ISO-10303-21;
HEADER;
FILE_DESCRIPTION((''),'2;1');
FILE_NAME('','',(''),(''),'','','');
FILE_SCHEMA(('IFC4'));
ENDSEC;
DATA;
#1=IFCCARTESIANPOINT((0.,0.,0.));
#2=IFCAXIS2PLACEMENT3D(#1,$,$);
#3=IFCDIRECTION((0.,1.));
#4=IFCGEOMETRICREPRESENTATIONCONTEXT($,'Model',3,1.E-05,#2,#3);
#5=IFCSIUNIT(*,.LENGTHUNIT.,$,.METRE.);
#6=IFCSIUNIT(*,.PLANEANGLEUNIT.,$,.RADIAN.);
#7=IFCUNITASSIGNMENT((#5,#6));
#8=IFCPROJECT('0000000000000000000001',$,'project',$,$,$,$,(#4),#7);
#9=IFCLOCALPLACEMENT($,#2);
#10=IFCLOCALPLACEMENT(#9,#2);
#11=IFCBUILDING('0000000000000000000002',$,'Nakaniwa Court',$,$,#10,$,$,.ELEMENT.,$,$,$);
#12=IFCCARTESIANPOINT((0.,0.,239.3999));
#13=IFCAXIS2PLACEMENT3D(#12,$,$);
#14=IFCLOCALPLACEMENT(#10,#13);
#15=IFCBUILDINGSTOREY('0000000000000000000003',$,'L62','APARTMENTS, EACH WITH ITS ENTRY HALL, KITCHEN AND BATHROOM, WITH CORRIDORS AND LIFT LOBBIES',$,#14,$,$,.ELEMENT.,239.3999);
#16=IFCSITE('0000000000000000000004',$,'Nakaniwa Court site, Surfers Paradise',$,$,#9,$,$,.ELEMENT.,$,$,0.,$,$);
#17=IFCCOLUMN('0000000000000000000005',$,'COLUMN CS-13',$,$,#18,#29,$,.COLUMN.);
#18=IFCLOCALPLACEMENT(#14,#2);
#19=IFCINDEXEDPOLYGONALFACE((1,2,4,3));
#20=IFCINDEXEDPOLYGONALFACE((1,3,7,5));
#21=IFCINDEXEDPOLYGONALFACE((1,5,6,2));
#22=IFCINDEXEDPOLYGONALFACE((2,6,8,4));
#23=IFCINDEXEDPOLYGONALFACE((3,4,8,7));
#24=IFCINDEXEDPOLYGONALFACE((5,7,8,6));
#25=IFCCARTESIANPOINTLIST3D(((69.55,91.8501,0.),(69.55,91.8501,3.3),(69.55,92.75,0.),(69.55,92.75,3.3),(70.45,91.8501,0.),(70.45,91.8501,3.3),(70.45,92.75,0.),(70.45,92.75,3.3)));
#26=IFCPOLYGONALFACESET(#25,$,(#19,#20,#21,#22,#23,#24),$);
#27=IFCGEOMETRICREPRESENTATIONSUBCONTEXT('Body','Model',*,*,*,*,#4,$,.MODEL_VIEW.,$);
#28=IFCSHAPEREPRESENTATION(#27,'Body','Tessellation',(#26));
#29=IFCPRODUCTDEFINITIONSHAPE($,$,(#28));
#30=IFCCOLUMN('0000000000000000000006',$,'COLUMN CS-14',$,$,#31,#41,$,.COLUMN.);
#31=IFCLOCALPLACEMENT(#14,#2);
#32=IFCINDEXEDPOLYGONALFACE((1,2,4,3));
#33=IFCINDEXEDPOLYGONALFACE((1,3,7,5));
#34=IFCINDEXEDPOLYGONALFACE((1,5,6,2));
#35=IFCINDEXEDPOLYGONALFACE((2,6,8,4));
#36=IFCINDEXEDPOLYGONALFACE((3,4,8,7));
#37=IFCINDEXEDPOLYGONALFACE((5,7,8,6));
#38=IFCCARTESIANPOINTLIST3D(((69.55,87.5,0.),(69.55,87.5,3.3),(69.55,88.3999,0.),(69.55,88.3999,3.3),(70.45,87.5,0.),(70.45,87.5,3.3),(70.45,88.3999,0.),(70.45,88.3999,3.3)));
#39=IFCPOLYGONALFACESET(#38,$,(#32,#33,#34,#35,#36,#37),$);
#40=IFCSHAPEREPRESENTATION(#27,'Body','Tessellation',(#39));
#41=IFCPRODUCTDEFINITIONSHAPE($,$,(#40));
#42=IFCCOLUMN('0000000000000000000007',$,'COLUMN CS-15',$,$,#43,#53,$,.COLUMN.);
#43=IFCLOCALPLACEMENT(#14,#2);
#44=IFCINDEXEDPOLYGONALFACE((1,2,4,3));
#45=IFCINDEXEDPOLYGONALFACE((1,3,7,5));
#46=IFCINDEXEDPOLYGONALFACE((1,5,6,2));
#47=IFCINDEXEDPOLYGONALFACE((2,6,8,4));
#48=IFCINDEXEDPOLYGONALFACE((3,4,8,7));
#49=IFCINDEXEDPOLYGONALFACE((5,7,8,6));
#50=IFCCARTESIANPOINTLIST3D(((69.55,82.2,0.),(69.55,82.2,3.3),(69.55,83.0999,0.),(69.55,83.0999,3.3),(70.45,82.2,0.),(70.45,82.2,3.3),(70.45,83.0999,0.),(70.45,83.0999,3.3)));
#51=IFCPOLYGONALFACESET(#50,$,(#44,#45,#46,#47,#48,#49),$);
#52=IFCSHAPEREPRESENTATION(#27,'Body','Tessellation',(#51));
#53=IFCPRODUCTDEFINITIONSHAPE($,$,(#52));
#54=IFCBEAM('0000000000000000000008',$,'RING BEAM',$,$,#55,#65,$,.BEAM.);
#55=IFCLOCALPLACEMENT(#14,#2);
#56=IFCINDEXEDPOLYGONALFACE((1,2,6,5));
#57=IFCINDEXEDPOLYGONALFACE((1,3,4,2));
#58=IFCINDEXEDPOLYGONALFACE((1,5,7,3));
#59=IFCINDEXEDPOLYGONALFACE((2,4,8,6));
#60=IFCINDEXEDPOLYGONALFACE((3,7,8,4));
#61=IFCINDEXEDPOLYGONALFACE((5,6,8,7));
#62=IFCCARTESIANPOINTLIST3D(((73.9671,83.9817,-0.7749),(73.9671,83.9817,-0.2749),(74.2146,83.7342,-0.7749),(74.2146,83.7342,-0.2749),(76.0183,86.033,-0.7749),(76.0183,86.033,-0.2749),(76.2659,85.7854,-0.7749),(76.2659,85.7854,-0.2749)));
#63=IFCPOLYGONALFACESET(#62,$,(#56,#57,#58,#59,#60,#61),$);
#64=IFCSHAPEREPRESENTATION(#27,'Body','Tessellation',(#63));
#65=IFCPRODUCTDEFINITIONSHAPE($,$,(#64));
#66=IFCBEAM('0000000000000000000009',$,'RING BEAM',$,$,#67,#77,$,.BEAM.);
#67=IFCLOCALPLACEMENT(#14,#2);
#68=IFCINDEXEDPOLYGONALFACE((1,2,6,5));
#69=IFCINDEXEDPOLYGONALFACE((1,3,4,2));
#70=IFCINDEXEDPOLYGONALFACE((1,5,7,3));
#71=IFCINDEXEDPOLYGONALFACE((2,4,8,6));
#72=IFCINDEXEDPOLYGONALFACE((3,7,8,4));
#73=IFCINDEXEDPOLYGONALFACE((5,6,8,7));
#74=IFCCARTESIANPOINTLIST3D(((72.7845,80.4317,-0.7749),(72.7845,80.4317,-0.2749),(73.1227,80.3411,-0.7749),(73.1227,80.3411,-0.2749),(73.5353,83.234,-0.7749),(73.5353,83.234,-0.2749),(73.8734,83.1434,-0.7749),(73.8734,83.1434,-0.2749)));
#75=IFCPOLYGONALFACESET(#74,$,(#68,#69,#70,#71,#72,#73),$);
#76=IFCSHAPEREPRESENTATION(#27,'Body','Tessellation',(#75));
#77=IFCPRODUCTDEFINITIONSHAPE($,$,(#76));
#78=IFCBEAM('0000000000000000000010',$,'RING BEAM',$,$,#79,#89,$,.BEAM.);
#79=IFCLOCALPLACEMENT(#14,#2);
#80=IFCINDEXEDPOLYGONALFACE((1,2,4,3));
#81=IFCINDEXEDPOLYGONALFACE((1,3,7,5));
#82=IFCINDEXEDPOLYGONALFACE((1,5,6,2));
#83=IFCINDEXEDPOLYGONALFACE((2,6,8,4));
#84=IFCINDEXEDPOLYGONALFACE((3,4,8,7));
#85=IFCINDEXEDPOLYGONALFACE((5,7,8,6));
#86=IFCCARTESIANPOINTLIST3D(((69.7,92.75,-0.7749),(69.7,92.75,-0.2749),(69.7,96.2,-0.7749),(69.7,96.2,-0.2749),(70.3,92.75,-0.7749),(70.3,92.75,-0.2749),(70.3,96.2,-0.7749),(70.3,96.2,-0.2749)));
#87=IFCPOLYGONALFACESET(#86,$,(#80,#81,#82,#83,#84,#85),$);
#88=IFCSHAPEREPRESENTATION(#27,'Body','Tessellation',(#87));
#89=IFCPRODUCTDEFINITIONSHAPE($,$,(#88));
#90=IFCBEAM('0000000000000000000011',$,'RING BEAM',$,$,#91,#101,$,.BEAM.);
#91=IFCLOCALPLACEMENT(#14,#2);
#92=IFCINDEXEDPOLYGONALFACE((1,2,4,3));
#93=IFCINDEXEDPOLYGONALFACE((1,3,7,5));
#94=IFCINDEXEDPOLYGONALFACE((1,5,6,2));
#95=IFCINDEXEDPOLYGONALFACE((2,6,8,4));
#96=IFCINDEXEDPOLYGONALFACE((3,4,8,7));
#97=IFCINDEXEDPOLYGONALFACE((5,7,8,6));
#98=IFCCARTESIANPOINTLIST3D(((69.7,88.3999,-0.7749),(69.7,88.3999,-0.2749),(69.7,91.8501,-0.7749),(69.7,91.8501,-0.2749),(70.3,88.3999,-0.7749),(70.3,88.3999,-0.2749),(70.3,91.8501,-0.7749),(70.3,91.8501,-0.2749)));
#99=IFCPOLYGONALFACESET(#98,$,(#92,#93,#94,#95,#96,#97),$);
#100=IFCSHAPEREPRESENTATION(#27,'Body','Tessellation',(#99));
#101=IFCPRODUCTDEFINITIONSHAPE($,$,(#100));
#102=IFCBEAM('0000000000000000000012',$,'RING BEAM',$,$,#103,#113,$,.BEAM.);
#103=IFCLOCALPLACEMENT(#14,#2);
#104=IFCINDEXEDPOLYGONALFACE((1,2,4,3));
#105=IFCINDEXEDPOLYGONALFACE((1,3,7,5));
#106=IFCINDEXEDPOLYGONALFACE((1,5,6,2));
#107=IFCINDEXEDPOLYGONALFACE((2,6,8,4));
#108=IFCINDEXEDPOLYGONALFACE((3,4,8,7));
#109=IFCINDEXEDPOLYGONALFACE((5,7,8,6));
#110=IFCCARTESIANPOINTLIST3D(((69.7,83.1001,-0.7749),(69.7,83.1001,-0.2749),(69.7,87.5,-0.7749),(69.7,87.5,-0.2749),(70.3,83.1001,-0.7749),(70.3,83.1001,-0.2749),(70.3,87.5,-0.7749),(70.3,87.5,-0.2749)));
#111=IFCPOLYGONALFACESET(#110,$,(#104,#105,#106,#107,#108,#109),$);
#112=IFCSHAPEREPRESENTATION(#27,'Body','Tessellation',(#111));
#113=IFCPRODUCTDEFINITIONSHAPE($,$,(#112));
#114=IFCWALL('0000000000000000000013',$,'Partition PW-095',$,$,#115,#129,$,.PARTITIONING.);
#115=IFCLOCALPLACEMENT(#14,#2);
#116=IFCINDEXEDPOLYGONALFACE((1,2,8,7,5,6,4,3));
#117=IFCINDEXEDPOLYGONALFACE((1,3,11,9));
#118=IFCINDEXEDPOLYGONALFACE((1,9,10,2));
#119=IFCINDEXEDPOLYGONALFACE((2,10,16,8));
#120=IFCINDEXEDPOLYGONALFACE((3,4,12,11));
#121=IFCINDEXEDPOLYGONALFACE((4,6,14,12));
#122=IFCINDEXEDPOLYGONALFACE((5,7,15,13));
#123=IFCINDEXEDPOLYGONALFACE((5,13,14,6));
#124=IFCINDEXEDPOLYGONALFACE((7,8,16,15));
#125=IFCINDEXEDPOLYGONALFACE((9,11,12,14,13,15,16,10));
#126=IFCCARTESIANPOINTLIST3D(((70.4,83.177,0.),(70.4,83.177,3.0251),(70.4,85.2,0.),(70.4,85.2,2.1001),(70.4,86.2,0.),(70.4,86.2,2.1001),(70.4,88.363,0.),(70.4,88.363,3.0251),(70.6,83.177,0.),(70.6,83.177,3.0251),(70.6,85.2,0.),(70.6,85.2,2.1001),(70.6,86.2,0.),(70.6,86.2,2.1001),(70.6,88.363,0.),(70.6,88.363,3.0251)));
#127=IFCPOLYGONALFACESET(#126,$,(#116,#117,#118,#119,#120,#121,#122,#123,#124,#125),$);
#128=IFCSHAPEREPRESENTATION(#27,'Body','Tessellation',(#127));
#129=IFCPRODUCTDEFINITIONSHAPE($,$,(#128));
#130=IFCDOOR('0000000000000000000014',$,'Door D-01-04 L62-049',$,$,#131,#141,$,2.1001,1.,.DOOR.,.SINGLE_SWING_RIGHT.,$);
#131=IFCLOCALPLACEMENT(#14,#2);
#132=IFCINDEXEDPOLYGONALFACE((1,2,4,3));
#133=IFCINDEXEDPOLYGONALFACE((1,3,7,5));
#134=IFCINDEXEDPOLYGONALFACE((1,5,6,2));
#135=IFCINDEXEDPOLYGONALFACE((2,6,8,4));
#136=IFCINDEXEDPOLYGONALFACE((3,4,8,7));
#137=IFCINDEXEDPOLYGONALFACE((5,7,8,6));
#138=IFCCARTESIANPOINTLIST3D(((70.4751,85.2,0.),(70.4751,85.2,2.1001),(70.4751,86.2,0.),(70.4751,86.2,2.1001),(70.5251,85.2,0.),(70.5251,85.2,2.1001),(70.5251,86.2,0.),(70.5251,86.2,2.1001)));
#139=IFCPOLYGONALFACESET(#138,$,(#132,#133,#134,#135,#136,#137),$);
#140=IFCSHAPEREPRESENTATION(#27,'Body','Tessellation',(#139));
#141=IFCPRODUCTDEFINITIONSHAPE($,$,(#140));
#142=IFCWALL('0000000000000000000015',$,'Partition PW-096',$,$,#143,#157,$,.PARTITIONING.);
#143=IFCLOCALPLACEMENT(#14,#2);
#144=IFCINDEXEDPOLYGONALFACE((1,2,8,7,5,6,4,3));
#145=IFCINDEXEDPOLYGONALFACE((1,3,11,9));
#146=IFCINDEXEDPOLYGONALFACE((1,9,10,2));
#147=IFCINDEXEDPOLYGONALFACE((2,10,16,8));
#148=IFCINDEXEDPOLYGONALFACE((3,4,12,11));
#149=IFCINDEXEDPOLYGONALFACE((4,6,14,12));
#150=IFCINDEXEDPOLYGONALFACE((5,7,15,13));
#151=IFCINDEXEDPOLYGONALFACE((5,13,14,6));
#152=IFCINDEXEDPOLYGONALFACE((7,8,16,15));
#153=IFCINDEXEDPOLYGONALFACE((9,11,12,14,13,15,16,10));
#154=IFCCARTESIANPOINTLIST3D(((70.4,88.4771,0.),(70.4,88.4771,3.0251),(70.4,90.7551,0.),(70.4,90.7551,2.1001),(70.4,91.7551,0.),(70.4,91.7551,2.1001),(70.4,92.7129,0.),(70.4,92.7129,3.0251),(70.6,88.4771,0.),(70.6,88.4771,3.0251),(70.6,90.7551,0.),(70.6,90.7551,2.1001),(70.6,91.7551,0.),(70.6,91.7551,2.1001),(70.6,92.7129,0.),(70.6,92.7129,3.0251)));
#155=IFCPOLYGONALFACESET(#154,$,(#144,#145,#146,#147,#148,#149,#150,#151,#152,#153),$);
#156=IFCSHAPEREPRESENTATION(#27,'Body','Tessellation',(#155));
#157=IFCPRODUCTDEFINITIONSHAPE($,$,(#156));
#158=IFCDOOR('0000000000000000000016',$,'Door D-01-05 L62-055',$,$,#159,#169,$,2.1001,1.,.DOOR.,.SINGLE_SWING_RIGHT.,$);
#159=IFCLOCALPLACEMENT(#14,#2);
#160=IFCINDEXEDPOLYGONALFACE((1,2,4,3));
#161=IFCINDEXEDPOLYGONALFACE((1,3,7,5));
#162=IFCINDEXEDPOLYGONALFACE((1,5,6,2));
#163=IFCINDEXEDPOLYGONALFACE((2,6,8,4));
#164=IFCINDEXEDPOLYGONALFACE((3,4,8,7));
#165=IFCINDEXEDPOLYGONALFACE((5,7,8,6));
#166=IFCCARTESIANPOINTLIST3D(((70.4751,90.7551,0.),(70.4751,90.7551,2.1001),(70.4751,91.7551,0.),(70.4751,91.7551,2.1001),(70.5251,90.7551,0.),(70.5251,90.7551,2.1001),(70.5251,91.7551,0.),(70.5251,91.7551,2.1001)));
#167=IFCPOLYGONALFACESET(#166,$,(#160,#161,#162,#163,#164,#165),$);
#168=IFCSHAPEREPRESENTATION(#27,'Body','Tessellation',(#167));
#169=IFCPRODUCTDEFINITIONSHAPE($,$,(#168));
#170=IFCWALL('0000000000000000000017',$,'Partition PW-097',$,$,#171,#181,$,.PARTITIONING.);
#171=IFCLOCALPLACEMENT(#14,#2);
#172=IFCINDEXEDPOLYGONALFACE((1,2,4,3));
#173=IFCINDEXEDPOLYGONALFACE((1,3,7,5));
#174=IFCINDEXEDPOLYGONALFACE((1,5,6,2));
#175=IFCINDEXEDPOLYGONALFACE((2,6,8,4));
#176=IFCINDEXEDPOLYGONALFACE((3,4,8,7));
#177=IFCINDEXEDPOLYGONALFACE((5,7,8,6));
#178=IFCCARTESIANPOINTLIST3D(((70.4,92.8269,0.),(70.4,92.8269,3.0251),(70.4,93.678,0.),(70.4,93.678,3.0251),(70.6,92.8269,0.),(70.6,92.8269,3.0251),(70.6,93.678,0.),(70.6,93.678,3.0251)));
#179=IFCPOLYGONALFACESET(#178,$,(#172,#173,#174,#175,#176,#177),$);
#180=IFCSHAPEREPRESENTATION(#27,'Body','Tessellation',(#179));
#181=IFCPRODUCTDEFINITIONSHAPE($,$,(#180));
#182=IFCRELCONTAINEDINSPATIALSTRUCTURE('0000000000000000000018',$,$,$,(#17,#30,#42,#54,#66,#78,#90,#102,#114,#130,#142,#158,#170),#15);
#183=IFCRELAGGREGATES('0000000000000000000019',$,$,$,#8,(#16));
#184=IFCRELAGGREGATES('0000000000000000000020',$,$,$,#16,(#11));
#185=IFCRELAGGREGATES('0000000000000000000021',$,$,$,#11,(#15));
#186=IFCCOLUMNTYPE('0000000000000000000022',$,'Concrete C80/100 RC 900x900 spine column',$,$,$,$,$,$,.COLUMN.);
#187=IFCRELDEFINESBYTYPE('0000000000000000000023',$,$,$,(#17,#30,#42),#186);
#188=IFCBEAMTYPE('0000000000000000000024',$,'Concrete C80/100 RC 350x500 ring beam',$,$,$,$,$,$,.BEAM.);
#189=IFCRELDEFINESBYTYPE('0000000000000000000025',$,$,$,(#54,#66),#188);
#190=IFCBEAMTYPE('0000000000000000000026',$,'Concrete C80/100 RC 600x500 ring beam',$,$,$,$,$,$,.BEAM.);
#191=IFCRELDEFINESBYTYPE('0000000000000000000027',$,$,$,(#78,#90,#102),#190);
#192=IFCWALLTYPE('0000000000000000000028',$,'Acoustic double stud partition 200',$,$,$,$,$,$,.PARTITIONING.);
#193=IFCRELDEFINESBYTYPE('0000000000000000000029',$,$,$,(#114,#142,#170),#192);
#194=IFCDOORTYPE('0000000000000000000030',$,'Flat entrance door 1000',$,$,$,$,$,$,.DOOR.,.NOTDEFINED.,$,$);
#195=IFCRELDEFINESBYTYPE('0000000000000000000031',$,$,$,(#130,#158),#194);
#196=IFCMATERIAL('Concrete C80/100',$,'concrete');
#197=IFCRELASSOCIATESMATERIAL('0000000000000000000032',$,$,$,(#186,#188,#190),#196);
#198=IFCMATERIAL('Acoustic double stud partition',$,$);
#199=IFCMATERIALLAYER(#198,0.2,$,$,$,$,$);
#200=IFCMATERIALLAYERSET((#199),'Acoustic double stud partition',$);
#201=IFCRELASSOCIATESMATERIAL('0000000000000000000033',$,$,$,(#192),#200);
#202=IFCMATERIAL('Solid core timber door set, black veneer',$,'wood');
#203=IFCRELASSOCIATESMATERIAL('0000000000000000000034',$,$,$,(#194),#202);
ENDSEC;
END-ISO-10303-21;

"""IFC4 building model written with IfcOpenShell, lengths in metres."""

from ifc_helpers import new_model, si_unit, direction, frame, frame_2d, origin, origin_2d, place, context, subcontext, project, spatial, rectangle, extrude, material, layer, layer_set, material_profile, profile_set, type_object, element, fill, save


model = new_model("IFC4")

# Units and contexts
model_context = context("Model", 3, precision=1e-05, world=origin(), true_north=direction((0.0, 1.0)))
body_context = subcontext(model_context, "Body", "Model", "MODEL_VIEW")
ifc_project = project(units=[si_unit("LENGTHUNIT", "METRE"), si_unit("PLANEANGLEUNIT", "RADIAN")], contexts=[model_context])

# Site, building, storey
site_placement = place(None, origin())
site = spatial("IfcSite", under=ifc_project, at=site_placement, Name="Nakaniwa Court site, Surfers Paradise", CompositionType="ELEMENT", RefElevation=0.0)
building_placement = place(site_placement, origin())
building = spatial("IfcBuilding", under=site, at=building_placement, Name="Nakaniwa Court", CompositionType="ELEMENT")
storey_placement = place(building_placement, frame((0.0, 0.0, 239.3999)))
storey = spatial("IfcBuildingStorey", under=building, at=storey_placement, Name="L62", Description="APARTMENTS, EACH WITH ITS ENTRY HALL, KITCHEN AND BATHROOM, WITH CORRIDORS AND LIFT LOBBIES", CompositionType="ELEMENT", Elevation=239.3999)

# Columns
ifc_material_1 = material(Name="Concrete C80/100", Category="concrete")
ifc_material_profile_1 = material_profile(ifc_material_1, rectangle(XDim=0.8999, YDim=0.8999, at=origin_2d()), Name="Concrete C80/100 RC 900x900 spine column")
ifc_profile_set_1 = profile_set([ifc_material_profile_1], Name="Concrete C80/100")
column_type_1 = type_object("IfcColumnType", Name="Concrete C80/100 RC 900x900 spine column", PredefinedType="COLUMN", material=ifc_profile_set_1)
for number, where, z_axis, x_axis, name in (
    (1, (70.0, 92.3, 0.0), (0.0, 0.0, 1.0), (0.0, -1.0, 0.0), "COLUMN CS-13"),
    (2, (70.0, 87.95, 0.0), (0.0, 0.0, 1.0), (0.0, -1.0, 0.0), "COLUMN CS-14"),
    (3, (70.0, 82.6499, 0.0), (0.0, 0.0, 1.0), (0.0, -1.0, 0.0), "COLUMN CS-15"),
):
    element("IfcColumn", number, at=place(storey_placement, frame(where, z_axis=z_axis, x_axis=x_axis)), inside=storey, type_object=column_type_1, Name=name, PredefinedType="COLUMN", context=body_context, shape_type="SweptSolid", body=[
        extrude(rectangle(XDim=0.8999, YDim=0.8999, at=origin_2d()), origin(), (0.0, 0.0, 1.0), 3.3),
    ])

# Beams
ifc_material_profile_2 = material_profile(ifc_material_1, rectangle(XDim=0.3501, YDim=0.5, at=origin_2d()), Name="Concrete C80/100 RC 350x500 ring beam")
ifc_profile_set_2 = profile_set([ifc_material_profile_2], Name="Concrete C80/100")
beam_type_1 = type_object("IfcBeamType", Name="Concrete C80/100 RC 350x500 ring beam", PredefinedType="BEAM", material=ifc_profile_set_2)
beam_1_placement = place(storey_placement, frame((76.1421, 85.9092, -0.5249), z_axis=(-0.707107, -0.707107, 0.0), x_axis=(0.707107, -0.707107, 0.0)))
element("IfcBeam", 4, at=beam_1_placement, inside=storey, type_object=beam_type_1, Name="RING BEAM", PredefinedType="BEAM", context=body_context, shape_type="SweptSolid", body=[
    extrude(rectangle(XDim=0.3501, YDim=0.5, at=origin_2d()), origin(), (0.0, 0.0, 1.0), 2.9009),
])
beam_2_placement = place(storey_placement, frame((73.7043, 83.1887, -0.5249), z_axis=(-0.258778, -0.965937, 0.0), x_axis=(0.965937, -0.258778, 0.0)))
element("IfcBeam", 5, at=beam_2_placement, inside=storey, type_object=beam_type_1, Name="RING BEAM", PredefinedType="BEAM", context=body_context, shape_type="SweptSolid", body=[
    extrude(rectangle(XDim=0.3501, YDim=0.5, at=origin_2d()), origin(), (0.0, 0.0, 1.0), 2.9011),
])
ifc_material_profile_3 = material_profile(ifc_material_1, rectangle(XDim=0.6001, YDim=0.5, at=origin_2d()), Name="Concrete C80/100 RC 600x500 ring beam")
ifc_profile_set_3 = profile_set([ifc_material_profile_3], Name="Concrete C80/100")
beam_type_2 = type_object("IfcBeamType", Name="Concrete C80/100 RC 600x500 ring beam", PredefinedType="BEAM", material=ifc_profile_set_3)
beam_3_placement = place(storey_placement, frame((70.0, 96.2, -0.5249), z_axis=(0.0, -1.0, 0.0), x_axis=(1.0, 0.0, 0.0)))
element("IfcBeam", 6, at=beam_3_placement, inside=storey, type_object=beam_type_2, Name="RING BEAM", PredefinedType="BEAM", context=body_context, shape_type="SweptSolid", body=[
    extrude(rectangle(XDim=0.6001, YDim=0.5, at=origin_2d()), origin(), (0.0, 0.0, 1.0), 3.45),
])
beam_4_placement = place(storey_placement, frame((70.0, 91.8501, -0.5249), z_axis=(0.0, -1.0, 0.0), x_axis=(1.0, 0.0, 0.0)))
element("IfcBeam", 7, at=beam_4_placement, inside=storey, type_object=beam_type_2, Name="RING BEAM", PredefinedType="BEAM", context=body_context, shape_type="SweptSolid", body=[
    extrude(rectangle(XDim=0.6001, YDim=0.5, at=origin_2d()), origin(), (0.0, 0.0, 1.0), 3.4502),
])
beam_5_placement = place(storey_placement, frame((70.0, 87.5, -0.5249), z_axis=(0.0, -1.0, 0.0), x_axis=(1.0, 0.0, 0.0)))
element("IfcBeam", 8, at=beam_5_placement, inside=storey, type_object=beam_type_2, Name="RING BEAM", PredefinedType="BEAM", context=body_context, shape_type="SweptSolid", body=[
    extrude(rectangle(XDim=0.6001, YDim=0.5, at=origin_2d()), origin(), (0.0, 0.0, 1.0), 4.3999),
])

# Walls, openings, doors
ifc_material_2 = material(Name="Acoustic double stud partition")
ifc_layer_1 = layer(ifc_material_2, 0.2)
ifc_layer_set_1 = layer_set([ifc_layer_1], Name="Acoustic double stud partition")
wall_type_1 = type_object("IfcWallType", Name="Acoustic double stud partition 200", PredefinedType="PARTITIONING", material=ifc_layer_set_1)
wall_1_placement = place(storey_placement, frame((70.5, 83.177, 0.0), z_axis=(0.0, 0.0, 1.0), x_axis=(0.0, 1.0, 0.0)))
wall_1 = element("IfcWall", 9, at=wall_1_placement, inside=storey, type_object=wall_type_1, Name="Partition PW-095", PredefinedType="PARTITIONING", context=body_context, shape_type="SweptSolid", body=[
    extrude(rectangle(XDim=5.186, YDim=0.2, at=frame_2d((2.593, 0.0))), origin(), (0.0, 0.0, 1.0), 3.0251),
])
opening_1_placement = place(wall_1_placement, frame((2.0229, 0.0, 0.0)))
opening_1 = element("IfcOpeningElement", 10, at=opening_1_placement, cuts=wall_1, PredefinedType="OPENING", context=body_context, shape_type="SweptSolid", body=[
    extrude(rectangle(XDim=1.0, YDim=2.1001, at=frame_2d((0.5, 1.05))), frame((0.0, 0.1099, 0.0), z_axis=(0.0, -1.0, 0.0), x_axis=(1.0, 0.0, 0.0)), (0.0, 0.0, 1.0), 0.22),
])
ifc_material_3 = material(Name="Solid core timber door set, black veneer", Category="wood")
door_type_1 = type_object("IfcDoorType", Name="Flat entrance door 1000", OperationType="NOTDEFINED", PredefinedType="DOOR", material=ifc_material_3)
door_1_placement = place(opening_1_placement, origin())
door_1 = element("IfcDoor", 11, at=door_1_placement, inside=storey, type_object=door_type_1, Name="Door D-01-04 L62-049", OperationType="SINGLE_SWING_RIGHT", OverallHeight=2.1001, OverallWidth=1.0, PredefinedType="DOOR", context=body_context, shape_type="SweptSolid", body=[
    extrude(rectangle(XDim=1.0, YDim=2.1001, at=frame_2d((0.5, 1.05))), frame((0.0, 0.0249, 0.0), z_axis=(0.0, -1.0, 0.0), x_axis=(1.0, 0.0, 0.0)), (0.0, 0.0, 1.0), 0.05),
])
fill(opening_1, door_1)
wall_2_placement = place(storey_placement, frame((70.5, 88.4771, 0.0), z_axis=(0.0, 0.0, 1.0), x_axis=(0.0, 1.0, 0.0)))
wall_2 = element("IfcWall", 12, at=wall_2_placement, inside=storey, type_object=wall_type_1, Name="Partition PW-096", PredefinedType="PARTITIONING", context=body_context, shape_type="SweptSolid", body=[
    extrude(rectangle(XDim=4.2358, YDim=0.2, at=frame_2d((2.1179, 0.0))), origin(), (0.0, 0.0, 1.0), 3.0251),
])
opening_2_placement = place(wall_2_placement, frame((2.2781, 0.0, 0.0)))
opening_2 = element("IfcOpeningElement", 13, at=opening_2_placement, cuts=wall_2, PredefinedType="OPENING", context=body_context, shape_type="SweptSolid", body=[
    extrude(rectangle(XDim=1.0, YDim=2.1001, at=frame_2d((0.5, 1.05))), frame((0.0, 0.1099, 0.0), z_axis=(0.0, -1.0, 0.0), x_axis=(1.0, 0.0, 0.0)), (0.0, 0.0, 1.0), 0.22),
])
door_2_placement = place(opening_2_placement, origin())
door_2 = element("IfcDoor", 14, at=door_2_placement, inside=storey, type_object=door_type_1, Name="Door D-01-05 L62-055", OperationType="SINGLE_SWING_RIGHT", OverallHeight=2.1001, OverallWidth=1.0, PredefinedType="DOOR", context=body_context, shape_type="SweptSolid", body=[
    extrude(rectangle(XDim=1.0, YDim=2.1001, at=frame_2d((0.5, 1.05))), frame((0.0, 0.0249, 0.0), z_axis=(0.0, -1.0, 0.0), x_axis=(1.0, 0.0, 0.0)), (0.0, 0.0, 1.0), 0.05),
])
fill(opening_2, door_2)

# Wall
wall_3_placement = place(storey_placement, frame((70.5, 92.8269, 0.0), z_axis=(0.0, 0.0, 1.0), x_axis=(0.0, 1.0, 0.0)))
element("IfcWall", 15, at=wall_3_placement, inside=storey, type_object=wall_type_1, Name="Partition PW-097", PredefinedType="PARTITIONING", context=body_context, shape_type="SweptSolid", body=[
    extrude(rectangle(XDim=0.8511, YDim=0.2, at=frame_2d((0.4255, 0.0))), origin(), (0.0, 0.0, 1.0), 3.0251),
])

save(model, "model.ifc")
